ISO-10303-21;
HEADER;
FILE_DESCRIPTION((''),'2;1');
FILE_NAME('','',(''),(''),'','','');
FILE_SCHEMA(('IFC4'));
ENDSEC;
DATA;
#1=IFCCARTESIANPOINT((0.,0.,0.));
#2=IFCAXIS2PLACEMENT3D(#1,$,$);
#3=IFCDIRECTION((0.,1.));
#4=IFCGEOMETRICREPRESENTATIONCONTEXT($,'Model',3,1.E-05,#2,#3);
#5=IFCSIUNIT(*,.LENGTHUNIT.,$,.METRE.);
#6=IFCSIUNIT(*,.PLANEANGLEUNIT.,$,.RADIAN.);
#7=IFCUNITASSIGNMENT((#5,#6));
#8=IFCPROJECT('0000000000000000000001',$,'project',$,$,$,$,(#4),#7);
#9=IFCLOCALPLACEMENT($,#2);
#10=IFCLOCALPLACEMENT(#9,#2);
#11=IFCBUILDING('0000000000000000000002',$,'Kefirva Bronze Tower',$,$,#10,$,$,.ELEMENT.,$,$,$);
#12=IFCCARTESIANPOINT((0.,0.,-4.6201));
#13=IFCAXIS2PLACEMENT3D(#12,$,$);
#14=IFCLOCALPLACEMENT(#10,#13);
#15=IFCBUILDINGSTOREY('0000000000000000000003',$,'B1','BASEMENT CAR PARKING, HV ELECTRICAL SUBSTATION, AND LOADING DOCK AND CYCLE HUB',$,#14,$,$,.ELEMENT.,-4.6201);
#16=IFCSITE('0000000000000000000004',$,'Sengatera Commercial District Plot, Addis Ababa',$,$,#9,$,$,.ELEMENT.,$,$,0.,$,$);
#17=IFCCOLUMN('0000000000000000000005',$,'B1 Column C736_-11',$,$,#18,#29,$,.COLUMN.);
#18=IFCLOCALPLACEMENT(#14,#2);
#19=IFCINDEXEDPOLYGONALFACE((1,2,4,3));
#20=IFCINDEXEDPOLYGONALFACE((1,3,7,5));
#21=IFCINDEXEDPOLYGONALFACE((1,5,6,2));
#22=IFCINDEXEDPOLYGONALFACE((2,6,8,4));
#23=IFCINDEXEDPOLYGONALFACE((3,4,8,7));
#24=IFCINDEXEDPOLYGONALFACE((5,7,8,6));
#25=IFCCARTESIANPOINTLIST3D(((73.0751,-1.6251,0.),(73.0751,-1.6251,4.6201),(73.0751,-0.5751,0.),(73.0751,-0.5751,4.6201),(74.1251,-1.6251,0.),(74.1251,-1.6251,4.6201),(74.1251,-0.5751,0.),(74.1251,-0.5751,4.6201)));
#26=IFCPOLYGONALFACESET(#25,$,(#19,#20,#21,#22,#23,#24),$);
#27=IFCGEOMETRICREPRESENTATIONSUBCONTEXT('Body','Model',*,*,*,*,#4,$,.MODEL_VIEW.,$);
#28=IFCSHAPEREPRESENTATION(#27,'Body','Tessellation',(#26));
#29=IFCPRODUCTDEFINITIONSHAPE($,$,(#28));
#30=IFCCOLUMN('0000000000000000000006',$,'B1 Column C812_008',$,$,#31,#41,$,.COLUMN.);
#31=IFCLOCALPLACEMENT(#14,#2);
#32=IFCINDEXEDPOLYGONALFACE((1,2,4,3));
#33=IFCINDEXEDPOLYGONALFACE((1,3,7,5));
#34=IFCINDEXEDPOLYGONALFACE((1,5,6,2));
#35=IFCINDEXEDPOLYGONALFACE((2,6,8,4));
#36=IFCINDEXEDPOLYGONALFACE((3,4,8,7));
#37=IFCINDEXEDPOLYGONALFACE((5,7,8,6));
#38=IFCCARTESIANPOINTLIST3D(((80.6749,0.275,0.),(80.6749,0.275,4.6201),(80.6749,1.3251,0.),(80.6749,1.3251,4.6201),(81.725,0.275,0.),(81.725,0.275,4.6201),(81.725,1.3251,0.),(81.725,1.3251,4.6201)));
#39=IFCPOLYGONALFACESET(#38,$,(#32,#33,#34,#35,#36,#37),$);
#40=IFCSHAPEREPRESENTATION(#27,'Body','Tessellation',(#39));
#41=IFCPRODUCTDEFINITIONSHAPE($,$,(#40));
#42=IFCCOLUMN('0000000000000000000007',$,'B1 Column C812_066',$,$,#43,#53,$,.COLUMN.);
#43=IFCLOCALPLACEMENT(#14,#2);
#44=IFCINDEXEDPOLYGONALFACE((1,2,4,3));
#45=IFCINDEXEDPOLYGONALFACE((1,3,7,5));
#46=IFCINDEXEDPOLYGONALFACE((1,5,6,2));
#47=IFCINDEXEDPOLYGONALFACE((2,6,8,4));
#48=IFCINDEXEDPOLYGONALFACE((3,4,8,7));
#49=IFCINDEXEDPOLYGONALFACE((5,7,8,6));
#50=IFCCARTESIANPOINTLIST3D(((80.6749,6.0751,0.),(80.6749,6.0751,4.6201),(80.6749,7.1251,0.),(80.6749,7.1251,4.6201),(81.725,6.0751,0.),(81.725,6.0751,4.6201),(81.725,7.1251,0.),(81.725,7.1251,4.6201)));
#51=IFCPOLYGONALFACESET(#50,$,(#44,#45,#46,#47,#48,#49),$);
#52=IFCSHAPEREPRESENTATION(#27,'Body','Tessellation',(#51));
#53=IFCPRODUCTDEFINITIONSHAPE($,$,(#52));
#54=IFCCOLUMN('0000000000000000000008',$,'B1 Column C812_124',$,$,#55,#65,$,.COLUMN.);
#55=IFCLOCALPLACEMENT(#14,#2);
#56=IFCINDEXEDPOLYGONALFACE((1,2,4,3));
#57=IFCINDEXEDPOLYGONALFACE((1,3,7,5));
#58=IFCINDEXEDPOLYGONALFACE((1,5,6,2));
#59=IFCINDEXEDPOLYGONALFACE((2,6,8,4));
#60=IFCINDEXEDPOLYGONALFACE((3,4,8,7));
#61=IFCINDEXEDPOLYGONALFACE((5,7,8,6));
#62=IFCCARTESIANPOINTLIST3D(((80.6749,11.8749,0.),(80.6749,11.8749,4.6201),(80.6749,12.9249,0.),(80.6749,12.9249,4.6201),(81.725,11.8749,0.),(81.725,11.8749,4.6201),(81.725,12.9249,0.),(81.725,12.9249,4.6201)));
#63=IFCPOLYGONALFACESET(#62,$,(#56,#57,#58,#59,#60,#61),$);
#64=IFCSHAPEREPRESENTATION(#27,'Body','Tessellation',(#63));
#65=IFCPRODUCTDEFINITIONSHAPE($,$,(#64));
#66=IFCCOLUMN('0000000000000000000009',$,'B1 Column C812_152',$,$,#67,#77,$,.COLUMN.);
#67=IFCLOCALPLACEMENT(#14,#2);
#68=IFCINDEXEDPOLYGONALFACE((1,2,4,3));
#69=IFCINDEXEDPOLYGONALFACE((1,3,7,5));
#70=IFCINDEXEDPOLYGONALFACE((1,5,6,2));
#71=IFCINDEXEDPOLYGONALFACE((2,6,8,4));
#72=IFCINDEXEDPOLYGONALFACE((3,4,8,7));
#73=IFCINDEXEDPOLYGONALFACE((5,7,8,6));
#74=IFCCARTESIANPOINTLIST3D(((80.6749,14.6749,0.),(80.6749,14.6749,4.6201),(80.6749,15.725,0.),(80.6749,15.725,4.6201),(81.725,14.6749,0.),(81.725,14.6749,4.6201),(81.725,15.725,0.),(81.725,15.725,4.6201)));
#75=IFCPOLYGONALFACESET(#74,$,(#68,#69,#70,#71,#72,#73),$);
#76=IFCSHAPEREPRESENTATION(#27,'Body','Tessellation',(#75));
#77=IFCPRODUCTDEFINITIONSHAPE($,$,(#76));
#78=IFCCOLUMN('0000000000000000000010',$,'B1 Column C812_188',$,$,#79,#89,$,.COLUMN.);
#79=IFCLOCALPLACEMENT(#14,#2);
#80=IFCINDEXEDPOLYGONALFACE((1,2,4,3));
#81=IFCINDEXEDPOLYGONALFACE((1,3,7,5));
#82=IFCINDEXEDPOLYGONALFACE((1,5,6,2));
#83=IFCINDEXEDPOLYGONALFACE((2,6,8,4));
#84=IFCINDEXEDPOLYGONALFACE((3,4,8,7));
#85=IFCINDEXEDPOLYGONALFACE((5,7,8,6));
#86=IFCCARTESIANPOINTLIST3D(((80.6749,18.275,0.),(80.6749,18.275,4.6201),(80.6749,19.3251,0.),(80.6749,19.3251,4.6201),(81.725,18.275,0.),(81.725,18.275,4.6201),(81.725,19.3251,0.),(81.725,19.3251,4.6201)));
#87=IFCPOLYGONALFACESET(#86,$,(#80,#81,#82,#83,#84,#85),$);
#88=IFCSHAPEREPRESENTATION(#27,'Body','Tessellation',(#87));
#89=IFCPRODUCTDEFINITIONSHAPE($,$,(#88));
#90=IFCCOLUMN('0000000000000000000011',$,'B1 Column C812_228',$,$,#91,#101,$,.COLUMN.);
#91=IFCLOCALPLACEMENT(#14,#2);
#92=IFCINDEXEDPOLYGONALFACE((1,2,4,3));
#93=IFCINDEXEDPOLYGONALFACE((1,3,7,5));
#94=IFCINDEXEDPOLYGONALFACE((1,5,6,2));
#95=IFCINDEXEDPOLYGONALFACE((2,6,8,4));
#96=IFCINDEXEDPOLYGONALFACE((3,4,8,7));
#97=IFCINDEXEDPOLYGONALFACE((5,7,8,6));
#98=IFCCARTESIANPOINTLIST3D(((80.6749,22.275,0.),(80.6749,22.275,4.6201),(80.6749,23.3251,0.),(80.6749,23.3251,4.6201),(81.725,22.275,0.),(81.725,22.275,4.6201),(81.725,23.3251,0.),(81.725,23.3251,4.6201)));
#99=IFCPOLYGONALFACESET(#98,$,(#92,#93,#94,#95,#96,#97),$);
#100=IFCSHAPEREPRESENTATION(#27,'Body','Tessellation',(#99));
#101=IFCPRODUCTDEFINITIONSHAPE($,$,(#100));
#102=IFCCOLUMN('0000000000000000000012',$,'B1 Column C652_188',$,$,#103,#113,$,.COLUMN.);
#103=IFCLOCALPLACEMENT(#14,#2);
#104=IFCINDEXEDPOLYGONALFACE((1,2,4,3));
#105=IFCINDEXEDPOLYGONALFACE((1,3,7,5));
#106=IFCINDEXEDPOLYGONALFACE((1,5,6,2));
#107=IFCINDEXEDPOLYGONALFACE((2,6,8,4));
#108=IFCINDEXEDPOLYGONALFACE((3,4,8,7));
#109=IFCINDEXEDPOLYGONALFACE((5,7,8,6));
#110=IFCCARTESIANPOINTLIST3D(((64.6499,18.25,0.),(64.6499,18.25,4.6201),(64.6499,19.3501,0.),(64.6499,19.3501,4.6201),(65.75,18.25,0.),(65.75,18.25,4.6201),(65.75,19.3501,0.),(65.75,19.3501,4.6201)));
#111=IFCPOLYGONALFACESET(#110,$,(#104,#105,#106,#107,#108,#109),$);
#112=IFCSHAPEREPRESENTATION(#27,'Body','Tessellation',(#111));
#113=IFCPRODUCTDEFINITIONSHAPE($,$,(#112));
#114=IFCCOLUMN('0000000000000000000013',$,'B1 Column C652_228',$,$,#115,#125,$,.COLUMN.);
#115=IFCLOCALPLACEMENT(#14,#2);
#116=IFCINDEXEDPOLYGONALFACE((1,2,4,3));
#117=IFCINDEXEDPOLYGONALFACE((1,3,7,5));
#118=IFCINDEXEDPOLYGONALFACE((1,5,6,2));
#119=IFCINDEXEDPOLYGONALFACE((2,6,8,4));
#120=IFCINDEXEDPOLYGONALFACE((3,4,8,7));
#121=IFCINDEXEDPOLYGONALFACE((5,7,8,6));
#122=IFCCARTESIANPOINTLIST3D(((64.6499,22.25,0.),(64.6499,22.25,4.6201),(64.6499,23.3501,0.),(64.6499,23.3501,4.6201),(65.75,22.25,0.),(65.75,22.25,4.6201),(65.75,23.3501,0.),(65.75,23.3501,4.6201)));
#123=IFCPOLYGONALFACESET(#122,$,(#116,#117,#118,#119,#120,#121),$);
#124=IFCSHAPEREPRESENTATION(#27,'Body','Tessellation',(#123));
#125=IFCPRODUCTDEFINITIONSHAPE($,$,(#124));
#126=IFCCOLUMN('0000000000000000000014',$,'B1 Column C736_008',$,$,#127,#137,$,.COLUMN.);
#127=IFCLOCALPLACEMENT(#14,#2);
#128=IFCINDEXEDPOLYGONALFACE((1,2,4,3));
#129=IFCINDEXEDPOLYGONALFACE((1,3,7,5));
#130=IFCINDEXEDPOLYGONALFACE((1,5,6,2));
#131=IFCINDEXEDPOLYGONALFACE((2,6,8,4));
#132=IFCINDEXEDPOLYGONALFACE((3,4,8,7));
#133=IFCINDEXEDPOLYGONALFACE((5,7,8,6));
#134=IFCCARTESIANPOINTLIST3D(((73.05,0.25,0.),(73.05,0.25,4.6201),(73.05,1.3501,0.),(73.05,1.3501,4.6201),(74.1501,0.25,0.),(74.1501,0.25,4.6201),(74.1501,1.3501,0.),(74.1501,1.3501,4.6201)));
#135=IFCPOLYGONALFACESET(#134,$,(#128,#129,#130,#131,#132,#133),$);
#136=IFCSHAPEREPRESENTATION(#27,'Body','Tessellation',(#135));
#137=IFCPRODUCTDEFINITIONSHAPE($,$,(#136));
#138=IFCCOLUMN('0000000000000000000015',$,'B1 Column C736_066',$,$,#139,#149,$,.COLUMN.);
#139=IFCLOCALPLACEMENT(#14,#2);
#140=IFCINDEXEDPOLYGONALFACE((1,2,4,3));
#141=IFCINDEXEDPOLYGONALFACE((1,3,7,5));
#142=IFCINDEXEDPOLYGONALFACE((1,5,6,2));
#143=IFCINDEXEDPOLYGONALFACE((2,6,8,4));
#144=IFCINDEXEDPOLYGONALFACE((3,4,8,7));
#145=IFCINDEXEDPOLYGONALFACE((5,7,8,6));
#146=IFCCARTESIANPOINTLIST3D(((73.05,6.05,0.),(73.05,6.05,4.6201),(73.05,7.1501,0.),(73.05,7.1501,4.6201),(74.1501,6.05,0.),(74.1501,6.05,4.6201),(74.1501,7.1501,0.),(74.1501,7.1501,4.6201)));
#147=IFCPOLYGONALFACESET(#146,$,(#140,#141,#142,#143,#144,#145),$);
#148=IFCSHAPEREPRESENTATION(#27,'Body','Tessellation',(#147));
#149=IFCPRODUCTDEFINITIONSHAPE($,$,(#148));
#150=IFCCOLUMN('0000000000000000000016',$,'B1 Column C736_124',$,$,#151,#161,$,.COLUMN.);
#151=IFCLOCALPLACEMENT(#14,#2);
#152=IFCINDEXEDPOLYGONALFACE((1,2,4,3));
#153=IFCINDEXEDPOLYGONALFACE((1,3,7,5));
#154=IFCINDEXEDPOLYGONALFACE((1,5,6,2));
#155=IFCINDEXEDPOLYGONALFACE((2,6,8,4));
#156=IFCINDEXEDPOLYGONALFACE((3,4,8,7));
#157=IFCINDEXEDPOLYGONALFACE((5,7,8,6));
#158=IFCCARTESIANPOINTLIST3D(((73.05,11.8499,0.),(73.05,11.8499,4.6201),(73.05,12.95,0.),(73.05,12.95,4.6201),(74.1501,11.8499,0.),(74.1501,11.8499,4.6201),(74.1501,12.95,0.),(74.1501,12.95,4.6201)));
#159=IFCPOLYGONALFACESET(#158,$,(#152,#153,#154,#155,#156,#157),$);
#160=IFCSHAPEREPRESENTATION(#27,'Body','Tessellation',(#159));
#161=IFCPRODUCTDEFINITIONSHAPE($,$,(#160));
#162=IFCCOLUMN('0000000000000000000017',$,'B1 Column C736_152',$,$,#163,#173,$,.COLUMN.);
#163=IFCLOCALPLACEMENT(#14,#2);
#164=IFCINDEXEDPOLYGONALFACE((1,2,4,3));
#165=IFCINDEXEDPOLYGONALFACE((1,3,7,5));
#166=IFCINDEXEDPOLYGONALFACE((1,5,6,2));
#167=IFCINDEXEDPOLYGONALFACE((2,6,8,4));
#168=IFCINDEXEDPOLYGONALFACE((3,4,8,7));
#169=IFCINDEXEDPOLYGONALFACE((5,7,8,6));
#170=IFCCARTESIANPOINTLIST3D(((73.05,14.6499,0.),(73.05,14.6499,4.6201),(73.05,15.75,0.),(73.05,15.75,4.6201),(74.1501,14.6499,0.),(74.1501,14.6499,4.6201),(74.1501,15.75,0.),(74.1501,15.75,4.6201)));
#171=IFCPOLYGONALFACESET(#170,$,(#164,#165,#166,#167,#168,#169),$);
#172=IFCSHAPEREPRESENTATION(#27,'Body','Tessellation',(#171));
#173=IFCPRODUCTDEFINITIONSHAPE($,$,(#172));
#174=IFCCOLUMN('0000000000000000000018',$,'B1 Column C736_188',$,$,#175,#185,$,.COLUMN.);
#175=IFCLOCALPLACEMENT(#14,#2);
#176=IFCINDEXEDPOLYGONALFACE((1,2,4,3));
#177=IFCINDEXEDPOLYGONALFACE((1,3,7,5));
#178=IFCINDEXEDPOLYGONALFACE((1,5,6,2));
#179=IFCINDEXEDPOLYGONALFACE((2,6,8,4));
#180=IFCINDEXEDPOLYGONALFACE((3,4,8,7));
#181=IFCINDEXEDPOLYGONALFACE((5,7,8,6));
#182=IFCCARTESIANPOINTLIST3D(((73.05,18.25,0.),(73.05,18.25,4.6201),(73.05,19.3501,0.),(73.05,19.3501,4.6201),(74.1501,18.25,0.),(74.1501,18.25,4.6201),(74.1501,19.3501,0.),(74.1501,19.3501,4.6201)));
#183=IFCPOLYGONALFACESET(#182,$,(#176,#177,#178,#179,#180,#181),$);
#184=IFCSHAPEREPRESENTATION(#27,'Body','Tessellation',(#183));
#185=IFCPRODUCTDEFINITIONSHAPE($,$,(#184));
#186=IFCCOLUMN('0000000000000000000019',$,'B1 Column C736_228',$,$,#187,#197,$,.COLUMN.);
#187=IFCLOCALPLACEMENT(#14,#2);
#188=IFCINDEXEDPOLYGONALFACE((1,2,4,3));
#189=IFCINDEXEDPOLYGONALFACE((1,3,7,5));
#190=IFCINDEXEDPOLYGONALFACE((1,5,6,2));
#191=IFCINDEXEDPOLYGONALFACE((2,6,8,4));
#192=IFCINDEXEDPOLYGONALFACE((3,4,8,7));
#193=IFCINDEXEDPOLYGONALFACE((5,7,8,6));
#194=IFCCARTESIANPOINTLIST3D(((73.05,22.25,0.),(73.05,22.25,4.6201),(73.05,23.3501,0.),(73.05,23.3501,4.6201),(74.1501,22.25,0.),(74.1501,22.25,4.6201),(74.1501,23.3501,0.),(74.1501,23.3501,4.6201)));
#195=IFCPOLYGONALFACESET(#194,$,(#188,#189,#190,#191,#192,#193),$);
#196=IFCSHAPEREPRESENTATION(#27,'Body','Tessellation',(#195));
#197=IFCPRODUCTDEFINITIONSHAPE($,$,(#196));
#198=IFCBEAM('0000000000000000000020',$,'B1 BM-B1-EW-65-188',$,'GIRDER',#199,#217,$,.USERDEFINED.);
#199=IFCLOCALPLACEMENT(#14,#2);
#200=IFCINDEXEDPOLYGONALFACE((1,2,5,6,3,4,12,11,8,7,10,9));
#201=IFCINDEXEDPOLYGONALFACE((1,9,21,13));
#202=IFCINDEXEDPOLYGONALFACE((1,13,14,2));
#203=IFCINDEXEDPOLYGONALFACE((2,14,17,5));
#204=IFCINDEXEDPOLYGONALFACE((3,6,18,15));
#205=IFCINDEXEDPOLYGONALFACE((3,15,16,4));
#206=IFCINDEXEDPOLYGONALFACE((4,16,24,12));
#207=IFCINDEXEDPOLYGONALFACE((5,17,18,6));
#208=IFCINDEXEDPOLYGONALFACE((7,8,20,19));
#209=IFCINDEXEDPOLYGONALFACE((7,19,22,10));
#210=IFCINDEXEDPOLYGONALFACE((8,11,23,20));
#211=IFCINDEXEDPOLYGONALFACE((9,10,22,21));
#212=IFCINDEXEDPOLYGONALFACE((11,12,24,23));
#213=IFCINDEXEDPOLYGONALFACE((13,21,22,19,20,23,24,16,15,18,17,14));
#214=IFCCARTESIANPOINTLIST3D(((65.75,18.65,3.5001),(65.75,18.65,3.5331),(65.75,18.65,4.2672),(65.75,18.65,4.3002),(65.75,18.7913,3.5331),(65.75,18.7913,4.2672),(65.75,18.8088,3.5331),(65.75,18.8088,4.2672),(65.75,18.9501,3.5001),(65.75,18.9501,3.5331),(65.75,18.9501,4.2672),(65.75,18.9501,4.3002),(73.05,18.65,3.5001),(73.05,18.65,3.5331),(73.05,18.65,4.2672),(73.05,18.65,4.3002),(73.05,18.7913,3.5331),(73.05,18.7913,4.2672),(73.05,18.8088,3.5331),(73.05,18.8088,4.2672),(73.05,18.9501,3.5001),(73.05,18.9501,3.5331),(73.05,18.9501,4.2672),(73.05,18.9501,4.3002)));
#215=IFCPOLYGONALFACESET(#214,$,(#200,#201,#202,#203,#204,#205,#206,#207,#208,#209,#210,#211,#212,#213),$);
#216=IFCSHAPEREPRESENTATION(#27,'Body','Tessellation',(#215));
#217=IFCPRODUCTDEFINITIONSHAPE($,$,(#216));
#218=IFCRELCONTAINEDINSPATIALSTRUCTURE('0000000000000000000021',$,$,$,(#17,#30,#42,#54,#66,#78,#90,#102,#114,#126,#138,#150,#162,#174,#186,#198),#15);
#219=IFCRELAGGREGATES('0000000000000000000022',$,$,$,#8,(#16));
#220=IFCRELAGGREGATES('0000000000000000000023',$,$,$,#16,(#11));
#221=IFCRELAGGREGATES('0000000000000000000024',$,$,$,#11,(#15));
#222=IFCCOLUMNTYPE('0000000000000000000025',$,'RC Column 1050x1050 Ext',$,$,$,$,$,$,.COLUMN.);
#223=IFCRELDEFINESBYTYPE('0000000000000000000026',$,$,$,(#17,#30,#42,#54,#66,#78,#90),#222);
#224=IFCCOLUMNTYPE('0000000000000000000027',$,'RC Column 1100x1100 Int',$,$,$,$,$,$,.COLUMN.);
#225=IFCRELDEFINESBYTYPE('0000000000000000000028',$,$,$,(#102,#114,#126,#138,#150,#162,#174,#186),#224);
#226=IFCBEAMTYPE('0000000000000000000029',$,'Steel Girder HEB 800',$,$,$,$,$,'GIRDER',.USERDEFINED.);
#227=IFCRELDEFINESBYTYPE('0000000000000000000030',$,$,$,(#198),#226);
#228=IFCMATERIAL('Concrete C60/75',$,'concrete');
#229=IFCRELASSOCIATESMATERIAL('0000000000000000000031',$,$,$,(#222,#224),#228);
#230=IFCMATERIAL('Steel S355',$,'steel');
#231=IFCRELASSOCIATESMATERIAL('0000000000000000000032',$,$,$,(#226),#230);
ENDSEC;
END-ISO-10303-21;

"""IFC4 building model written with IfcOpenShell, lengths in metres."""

from ifc_helpers import new_model, si_unit, direction, frame, origin, origin_2d, place, context, subcontext, project, spatial, rectangle, i_section, extrude, material, material_profile, profile_set, type_object, element, save


model = new_model("IFC4")

# Units and contexts
model_context = context("Model", 3, precision=1e-05, world=origin(), true_north=direction((0.0, 1.0)))
body_context = subcontext(model_context, "Body", "Model", "MODEL_VIEW")
ifc_project = project(units=[si_unit("LENGTHUNIT", "METRE"), si_unit("PLANEANGLEUNIT", "RADIAN")], contexts=[model_context])

# Site, building, storey
site_placement = place(None, origin())
site = spatial("IfcSite", under=ifc_project, at=site_placement, Name="Sengatera Commercial District Plot, Addis Ababa", CompositionType="ELEMENT", RefElevation=0.0)
building_placement = place(site_placement, origin())
building = spatial("IfcBuilding", under=site, at=building_placement, Name="Kefirva Bronze Tower", CompositionType="ELEMENT")
storey_placement = place(building_placement, frame((0.0, 0.0, -4.6201)))
storey = spatial("IfcBuildingStorey", under=building, at=storey_placement, Name="B1", Description="BASEMENT CAR PARKING, HV ELECTRICAL SUBSTATION, AND LOADING DOCK AND CYCLE HUB", CompositionType="ELEMENT", Elevation=-4.6201)

# Columns
ifc_material_1 = material(Name="Concrete C60/75", Category="concrete")
ifc_material_profile_1 = material_profile(ifc_material_1, rectangle(XDim=1.05, YDim=1.05, at=origin_2d()), Name="RC 1050x1050")
ifc_profile_set_1 = profile_set([ifc_material_profile_1], Name="Concrete C60/75")
column_type_1 = type_object("IfcColumnType", Name="RC Column 1050x1050 Ext", PredefinedType="COLUMN", material=ifc_profile_set_1)
for number, where, z_axis, x_axis, name in (
    (1, (73.6001, -1.1001, 0.0), (0.0, 0.0, 1.0), (1.0, 0.0, 0.0), "B1 Column C736_-11"),
    (2, (81.2, 0.8, 0.0), (0.0, 0.0, 1.0), (1.0, 0.0, 0.0), "B1 Column C812_008"),
    (3, (81.2, 6.6001, 0.0), (0.0, 0.0, 1.0), (1.0, 0.0, 0.0), "B1 Column C812_066"),
    (4, (81.2, 12.3999, 0.0), (0.0, 0.0, 1.0), (1.0, 0.0, 0.0), "B1 Column C812_124"),
    (5, (81.2, 15.2, 0.0), (0.0, 0.0, 1.0), (1.0, 0.0, 0.0), "B1 Column C812_152"),
    (6, (81.2, 18.8, 0.0), (0.0, 0.0, 1.0), (1.0, 0.0, 0.0), "B1 Column C812_188"),
    (7, (81.2, 22.8, 0.0), (0.0, 0.0, 1.0), (1.0, 0.0, 0.0), "B1 Column C812_228"),
):
    element("IfcColumn", number, at=place(storey_placement, frame(where, z_axis=z_axis, x_axis=x_axis)), inside=storey, type_object=column_type_1, Name=name, PredefinedType="COLUMN", context=body_context, shape_type="SweptSolid", body=[
        extrude(rectangle(XDim=1.05, YDim=1.05, at=origin_2d()), origin(), (0.0, 0.0, 1.0), 4.6201),
    ])
ifc_material_profile_2 = material_profile(ifc_material_1, rectangle(XDim=1.1001, YDim=1.1001, at=origin_2d()), Name="RC 1100x1100")
ifc_profile_set_2 = profile_set([ifc_material_profile_2], Name="Concrete C60/75")
column_type_2 = type_object("IfcColumnType", Name="RC Column 1100x1100 Int", PredefinedType="COLUMN", material=ifc_profile_set_2)
for number, where, z_axis, x_axis, name in (
    (8, (65.2, 18.8, 0.0), (0.0, 0.0, 1.0), (1.0, 0.0, 0.0), "B1 Column C652_188"),
    (9, (65.2, 22.8, 0.0), (0.0, 0.0, 1.0), (1.0, 0.0, 0.0), "B1 Column C652_228"),
    (10, (73.6001, 0.8, 0.0), (0.0, 0.0, 1.0), (1.0, 0.0, 0.0), "B1 Column C736_008"),
    (11, (73.6001, 6.6001, 0.0), (0.0, 0.0, 1.0), (1.0, 0.0, 0.0), "B1 Column C736_066"),
    (12, (73.6001, 12.3999, 0.0), (0.0, 0.0, 1.0), (1.0, 0.0, 0.0), "B1 Column C736_124"),
    (13, (73.6001, 15.2, 0.0), (0.0, 0.0, 1.0), (1.0, 0.0, 0.0), "B1 Column C736_152"),
    (14, (73.6001, 18.8, 0.0), (0.0, 0.0, 1.0), (1.0, 0.0, 0.0), "B1 Column C736_188"),
    (15, (73.6001, 22.8, 0.0), (0.0, 0.0, 1.0), (1.0, 0.0, 0.0), "B1 Column C736_228"),
):
    element("IfcColumn", number, at=place(storey_placement, frame(where, z_axis=z_axis, x_axis=x_axis)), inside=storey, type_object=column_type_2, Name=name, PredefinedType="COLUMN", context=body_context, shape_type="SweptSolid", body=[
        extrude(rectangle(XDim=1.1001, YDim=1.1001, at=origin_2d()), origin(), (0.0, 0.0, 1.0), 4.6201),
    ])

# Beam
ifc_material_2 = material(Name="Steel S355", Category="steel")
ifc_material_profile_3 = material_profile(ifc_material_2, i_section(OverallWidth=0.3, OverallDepth=0.8, WebThickness=0.0176, FlangeThickness=0.033, at=origin_2d()), Name="HEB 800")
ifc_profile_set_3 = profile_set([ifc_material_profile_3], Name="Steel S355")
beam_type_1 = type_object("IfcBeamType", Name="Steel Girder HEB 800", ElementType="GIRDER", PredefinedType="USERDEFINED", material=ifc_profile_set_3)
beam_1_placement = place(storey_placement, frame((65.75, 18.8, 3.9001), z_axis=(1.0, 0.0, 0.0), x_axis=(0.0, 1.0, 0.0)))
element("IfcBeam", 16, at=beam_1_placement, inside=storey, type_object=beam_type_1, Name="B1 BM-B1-EW-65-188", ObjectType="GIRDER", PredefinedType="USERDEFINED", context=body_context, shape_type="SweptSolid", body=[
    extrude(i_section(OverallWidth=0.3, OverallDepth=0.8, WebThickness=0.0176, FlangeThickness=0.033, at=origin_2d()), origin(), (0.0, 0.0, 1.0), 7.3),
])

save(model, "model.ifc")
